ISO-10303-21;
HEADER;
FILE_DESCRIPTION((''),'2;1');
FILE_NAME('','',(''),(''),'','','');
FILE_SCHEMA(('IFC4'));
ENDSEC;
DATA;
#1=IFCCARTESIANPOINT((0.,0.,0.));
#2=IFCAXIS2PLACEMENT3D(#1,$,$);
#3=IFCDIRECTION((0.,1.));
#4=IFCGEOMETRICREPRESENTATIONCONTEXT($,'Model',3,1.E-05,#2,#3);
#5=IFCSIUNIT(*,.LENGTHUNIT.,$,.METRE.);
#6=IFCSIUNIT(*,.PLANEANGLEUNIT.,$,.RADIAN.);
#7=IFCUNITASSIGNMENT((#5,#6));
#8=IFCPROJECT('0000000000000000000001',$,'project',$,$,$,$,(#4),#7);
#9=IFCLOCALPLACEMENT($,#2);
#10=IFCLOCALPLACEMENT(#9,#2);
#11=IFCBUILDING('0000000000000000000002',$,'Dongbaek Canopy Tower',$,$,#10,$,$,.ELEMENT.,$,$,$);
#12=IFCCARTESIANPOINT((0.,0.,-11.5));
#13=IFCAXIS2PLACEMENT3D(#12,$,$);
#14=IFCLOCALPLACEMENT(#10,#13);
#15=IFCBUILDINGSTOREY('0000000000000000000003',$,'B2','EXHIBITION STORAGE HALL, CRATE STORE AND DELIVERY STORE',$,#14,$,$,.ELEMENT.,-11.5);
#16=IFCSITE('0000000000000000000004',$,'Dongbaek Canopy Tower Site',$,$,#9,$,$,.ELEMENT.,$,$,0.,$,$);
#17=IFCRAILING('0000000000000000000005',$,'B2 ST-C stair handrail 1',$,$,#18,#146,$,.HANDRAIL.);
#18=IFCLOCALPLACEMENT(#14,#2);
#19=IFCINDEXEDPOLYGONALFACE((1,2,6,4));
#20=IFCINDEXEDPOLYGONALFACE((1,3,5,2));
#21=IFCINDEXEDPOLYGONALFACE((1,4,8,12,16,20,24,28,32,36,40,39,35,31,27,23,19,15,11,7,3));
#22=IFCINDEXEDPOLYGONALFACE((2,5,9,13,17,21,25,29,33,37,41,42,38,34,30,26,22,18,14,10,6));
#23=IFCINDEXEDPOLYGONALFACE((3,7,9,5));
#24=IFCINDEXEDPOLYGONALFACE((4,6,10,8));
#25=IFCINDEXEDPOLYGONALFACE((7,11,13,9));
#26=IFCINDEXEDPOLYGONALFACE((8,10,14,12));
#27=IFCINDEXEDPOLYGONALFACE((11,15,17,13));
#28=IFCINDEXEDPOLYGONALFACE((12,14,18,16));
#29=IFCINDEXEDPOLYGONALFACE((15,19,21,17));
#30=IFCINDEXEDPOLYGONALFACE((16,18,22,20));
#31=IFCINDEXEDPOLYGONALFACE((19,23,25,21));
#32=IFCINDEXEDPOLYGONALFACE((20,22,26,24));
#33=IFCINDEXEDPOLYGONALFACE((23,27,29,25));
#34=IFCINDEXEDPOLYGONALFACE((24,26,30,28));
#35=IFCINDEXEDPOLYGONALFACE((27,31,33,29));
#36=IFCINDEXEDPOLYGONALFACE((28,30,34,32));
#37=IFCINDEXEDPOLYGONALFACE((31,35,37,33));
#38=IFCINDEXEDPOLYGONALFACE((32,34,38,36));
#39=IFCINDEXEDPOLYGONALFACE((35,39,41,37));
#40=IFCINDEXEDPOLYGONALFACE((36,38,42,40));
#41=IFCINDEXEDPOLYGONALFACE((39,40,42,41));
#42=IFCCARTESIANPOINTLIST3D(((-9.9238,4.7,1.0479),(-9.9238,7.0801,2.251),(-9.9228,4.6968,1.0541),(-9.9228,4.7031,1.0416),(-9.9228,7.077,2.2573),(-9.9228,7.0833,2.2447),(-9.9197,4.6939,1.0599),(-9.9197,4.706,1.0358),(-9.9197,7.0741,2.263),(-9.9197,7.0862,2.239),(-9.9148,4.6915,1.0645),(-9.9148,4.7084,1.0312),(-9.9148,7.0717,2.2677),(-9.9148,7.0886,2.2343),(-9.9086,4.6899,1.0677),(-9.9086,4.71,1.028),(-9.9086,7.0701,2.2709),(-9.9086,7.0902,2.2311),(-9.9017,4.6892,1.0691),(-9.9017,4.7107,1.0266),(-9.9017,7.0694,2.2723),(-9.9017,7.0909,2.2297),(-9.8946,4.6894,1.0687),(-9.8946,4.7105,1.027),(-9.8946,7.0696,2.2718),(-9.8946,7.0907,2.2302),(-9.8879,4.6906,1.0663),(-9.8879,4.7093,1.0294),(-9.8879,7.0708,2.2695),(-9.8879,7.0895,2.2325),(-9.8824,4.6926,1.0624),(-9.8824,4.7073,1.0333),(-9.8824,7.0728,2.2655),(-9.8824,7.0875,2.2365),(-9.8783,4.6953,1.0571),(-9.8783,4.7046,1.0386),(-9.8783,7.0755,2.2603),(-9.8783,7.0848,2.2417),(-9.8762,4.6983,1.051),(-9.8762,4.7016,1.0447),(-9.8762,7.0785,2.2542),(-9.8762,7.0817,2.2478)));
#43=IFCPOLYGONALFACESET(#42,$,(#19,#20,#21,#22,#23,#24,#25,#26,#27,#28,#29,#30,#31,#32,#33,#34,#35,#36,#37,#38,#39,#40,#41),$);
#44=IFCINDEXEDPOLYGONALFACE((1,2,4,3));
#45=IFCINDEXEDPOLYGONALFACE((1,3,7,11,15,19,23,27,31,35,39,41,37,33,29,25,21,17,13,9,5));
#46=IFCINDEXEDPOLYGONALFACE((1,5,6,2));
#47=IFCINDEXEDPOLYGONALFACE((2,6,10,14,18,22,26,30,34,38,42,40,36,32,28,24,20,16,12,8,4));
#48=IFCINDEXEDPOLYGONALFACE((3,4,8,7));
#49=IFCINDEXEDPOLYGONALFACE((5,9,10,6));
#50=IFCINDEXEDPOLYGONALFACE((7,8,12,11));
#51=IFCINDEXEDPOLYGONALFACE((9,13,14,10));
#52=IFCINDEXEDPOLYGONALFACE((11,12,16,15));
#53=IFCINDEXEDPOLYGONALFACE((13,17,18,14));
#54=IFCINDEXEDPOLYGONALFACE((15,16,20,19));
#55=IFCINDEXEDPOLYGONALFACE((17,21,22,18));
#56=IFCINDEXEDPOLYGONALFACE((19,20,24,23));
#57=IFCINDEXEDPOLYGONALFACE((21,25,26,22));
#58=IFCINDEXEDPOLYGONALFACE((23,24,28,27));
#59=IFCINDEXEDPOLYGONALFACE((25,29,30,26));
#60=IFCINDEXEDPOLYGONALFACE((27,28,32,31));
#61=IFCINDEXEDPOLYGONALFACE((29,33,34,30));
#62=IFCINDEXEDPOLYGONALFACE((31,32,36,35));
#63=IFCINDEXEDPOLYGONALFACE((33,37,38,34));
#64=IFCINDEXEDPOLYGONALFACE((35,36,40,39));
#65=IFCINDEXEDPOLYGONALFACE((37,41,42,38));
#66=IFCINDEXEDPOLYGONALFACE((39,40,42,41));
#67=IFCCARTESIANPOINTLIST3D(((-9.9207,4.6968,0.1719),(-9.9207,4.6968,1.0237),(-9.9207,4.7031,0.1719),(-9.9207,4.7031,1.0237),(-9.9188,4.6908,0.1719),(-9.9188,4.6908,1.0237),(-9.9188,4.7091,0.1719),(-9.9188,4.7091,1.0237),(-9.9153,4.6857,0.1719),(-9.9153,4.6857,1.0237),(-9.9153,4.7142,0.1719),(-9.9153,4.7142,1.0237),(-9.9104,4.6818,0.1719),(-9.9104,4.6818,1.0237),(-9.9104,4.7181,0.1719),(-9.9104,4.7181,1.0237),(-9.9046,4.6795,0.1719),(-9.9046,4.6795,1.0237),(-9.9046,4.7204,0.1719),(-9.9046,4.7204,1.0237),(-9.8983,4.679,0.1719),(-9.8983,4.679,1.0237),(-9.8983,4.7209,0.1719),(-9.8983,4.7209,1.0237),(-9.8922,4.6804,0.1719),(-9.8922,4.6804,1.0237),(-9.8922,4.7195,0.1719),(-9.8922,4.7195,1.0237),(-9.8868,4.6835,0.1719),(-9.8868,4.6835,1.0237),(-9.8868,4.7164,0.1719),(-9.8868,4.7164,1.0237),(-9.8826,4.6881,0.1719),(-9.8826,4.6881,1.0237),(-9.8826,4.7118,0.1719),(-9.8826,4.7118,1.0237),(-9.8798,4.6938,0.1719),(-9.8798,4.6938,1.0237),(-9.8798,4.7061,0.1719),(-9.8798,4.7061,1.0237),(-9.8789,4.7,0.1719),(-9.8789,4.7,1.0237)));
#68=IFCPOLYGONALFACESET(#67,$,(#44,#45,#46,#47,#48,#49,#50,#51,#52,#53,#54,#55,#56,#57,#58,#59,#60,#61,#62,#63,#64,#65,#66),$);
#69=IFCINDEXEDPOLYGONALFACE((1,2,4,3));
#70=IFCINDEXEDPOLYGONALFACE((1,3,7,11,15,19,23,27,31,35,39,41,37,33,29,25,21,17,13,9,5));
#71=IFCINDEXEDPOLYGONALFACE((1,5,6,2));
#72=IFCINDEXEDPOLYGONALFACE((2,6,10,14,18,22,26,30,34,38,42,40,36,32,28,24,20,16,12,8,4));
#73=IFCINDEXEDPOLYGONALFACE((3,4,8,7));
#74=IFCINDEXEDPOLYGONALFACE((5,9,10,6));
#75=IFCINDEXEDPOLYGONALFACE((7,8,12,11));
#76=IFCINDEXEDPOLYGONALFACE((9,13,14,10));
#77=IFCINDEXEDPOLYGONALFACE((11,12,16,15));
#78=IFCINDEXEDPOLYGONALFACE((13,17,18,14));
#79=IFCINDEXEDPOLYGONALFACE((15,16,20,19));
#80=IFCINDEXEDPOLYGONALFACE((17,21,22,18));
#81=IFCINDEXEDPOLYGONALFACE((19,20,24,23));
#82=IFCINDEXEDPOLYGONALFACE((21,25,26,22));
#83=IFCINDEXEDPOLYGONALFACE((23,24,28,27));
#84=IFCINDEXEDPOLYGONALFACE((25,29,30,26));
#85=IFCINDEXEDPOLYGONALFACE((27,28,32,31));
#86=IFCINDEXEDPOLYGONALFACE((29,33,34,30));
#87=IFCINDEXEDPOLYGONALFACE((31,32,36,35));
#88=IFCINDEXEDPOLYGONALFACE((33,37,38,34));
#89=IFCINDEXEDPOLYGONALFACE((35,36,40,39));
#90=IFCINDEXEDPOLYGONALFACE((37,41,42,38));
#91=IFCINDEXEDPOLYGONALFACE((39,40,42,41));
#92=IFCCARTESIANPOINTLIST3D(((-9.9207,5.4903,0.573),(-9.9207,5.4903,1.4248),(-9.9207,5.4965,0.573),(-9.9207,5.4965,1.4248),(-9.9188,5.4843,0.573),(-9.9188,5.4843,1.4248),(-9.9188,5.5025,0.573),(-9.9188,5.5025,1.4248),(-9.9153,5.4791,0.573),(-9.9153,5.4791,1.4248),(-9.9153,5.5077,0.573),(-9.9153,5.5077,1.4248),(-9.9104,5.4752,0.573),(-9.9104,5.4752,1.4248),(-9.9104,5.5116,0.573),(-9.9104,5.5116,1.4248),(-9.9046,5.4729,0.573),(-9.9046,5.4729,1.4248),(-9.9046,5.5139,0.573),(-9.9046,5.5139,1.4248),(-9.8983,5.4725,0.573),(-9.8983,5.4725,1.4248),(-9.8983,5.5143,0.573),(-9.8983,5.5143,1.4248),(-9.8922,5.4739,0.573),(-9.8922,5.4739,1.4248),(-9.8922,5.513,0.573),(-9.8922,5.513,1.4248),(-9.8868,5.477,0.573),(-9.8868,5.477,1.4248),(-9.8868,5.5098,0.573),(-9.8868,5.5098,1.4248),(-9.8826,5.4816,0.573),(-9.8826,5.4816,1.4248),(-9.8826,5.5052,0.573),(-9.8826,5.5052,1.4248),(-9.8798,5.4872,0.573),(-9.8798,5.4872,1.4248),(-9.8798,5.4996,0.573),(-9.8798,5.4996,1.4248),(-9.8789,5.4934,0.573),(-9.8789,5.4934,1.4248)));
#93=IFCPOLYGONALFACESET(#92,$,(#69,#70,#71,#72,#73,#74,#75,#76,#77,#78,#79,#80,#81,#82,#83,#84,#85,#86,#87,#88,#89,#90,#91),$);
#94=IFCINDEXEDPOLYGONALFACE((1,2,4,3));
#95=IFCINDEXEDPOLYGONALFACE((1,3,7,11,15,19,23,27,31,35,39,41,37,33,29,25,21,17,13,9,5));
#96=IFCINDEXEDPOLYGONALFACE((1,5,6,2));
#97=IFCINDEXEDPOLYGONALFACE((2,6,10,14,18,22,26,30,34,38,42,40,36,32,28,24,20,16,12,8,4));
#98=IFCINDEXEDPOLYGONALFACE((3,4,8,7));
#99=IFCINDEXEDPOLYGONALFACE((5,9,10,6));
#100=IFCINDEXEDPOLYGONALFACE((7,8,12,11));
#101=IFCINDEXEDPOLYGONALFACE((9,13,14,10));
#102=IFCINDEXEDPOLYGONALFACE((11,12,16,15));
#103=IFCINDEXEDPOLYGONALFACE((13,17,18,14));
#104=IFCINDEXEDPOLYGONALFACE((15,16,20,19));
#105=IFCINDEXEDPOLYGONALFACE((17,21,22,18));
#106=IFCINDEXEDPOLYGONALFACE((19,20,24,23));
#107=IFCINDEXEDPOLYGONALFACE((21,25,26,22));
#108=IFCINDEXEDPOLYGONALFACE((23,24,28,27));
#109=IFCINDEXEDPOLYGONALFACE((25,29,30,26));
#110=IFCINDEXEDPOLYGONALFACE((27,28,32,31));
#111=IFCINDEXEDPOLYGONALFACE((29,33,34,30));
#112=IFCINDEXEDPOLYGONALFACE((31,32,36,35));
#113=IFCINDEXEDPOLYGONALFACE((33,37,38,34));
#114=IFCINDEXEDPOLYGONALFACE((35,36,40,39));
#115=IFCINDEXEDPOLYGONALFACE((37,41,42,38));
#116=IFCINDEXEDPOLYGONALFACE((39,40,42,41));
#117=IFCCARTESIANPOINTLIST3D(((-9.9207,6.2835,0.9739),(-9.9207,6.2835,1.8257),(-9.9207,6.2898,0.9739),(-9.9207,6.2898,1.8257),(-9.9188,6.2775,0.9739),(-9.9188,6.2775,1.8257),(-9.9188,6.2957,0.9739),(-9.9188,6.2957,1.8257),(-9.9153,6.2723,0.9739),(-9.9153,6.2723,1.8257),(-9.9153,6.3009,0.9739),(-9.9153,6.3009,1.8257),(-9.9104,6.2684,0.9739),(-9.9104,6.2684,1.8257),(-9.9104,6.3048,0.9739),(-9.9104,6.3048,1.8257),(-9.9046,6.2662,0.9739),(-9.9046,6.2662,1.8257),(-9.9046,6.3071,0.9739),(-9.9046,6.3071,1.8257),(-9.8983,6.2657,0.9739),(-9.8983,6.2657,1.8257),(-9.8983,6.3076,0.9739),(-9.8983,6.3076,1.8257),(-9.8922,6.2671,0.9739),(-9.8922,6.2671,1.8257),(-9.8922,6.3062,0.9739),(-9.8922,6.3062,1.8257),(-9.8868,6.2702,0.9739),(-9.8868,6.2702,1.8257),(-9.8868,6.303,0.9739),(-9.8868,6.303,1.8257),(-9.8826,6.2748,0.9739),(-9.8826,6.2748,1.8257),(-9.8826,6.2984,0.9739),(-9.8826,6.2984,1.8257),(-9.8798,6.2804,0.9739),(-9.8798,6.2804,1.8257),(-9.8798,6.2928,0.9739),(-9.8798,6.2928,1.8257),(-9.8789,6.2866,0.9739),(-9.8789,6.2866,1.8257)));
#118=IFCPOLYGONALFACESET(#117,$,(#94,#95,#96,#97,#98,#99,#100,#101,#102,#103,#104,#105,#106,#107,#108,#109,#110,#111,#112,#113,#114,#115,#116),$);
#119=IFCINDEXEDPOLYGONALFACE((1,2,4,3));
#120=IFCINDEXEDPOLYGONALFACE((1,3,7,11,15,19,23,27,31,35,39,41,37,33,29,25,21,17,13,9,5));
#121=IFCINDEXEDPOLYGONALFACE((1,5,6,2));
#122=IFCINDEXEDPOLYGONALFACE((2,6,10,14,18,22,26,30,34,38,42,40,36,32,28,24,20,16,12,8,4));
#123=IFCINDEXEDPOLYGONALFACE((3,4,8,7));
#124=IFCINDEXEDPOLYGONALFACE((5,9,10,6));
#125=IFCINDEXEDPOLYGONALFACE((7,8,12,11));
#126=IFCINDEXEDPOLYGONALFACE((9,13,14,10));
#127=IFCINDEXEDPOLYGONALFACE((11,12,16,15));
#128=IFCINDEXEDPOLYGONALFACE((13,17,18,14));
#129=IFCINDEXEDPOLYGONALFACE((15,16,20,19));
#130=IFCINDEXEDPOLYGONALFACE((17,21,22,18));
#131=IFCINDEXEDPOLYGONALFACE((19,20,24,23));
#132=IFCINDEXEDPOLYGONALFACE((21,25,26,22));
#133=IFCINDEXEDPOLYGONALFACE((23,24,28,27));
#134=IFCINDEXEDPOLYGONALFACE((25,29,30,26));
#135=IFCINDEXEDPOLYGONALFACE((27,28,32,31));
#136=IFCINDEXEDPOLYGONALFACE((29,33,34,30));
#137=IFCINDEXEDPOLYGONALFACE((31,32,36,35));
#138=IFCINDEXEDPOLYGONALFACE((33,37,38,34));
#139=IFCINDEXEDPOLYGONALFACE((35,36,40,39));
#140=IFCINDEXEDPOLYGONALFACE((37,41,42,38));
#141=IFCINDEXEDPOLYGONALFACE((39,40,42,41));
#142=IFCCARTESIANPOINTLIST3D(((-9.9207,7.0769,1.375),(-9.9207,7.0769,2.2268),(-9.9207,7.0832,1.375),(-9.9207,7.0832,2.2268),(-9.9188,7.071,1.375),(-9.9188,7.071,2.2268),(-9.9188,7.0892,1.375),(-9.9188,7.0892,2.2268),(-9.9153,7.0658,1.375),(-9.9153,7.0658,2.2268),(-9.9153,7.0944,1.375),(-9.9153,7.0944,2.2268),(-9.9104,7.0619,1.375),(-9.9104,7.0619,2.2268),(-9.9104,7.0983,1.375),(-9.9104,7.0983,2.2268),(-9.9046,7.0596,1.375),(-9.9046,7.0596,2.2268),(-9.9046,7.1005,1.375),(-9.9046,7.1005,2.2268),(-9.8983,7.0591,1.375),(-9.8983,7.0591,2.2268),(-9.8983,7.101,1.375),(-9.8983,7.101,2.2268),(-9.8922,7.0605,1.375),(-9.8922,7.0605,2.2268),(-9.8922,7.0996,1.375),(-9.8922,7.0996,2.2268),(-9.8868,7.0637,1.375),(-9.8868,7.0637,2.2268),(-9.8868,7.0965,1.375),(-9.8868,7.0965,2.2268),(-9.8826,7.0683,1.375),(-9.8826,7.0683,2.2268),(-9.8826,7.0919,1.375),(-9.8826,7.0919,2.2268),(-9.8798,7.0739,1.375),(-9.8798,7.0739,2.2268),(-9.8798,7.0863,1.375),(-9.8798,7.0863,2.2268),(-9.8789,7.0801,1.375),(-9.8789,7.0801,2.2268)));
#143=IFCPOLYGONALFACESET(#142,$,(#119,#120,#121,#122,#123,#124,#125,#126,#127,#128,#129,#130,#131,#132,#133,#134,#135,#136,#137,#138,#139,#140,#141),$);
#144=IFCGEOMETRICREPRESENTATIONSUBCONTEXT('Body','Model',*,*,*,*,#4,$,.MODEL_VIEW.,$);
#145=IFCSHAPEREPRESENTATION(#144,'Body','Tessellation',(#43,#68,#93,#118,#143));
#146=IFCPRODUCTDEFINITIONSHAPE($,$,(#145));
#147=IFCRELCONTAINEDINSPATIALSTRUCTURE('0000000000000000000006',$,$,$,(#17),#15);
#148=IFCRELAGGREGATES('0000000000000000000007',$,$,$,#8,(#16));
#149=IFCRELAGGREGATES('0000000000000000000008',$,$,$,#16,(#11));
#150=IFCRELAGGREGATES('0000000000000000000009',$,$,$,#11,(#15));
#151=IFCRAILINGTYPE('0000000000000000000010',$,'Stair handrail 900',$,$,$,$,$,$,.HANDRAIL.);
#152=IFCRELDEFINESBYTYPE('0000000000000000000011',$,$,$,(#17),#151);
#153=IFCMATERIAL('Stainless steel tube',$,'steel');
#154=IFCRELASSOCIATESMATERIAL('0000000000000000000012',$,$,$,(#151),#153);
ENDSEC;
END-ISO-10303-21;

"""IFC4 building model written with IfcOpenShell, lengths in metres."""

from ifc_helpers import new_model, si_unit, direction, frame, origin, origin_2d, place, context, subcontext, project, spatial, circle, extrude, material, type_object, element, save


model = new_model("IFC4")

# Units and contexts
model_context = context("Model", 3, precision=1e-05, world=origin(), true_north=direction((0.0, 1.0)))
body_context = subcontext(model_context, "Body", "Model", "MODEL_VIEW")
ifc_project = project(units=[si_unit("LENGTHUNIT", "METRE"), si_unit("PLANEANGLEUNIT", "RADIAN")], contexts=[model_context])

# Site, building, storey
site_placement = place(None, origin())
site = spatial("IfcSite", under=ifc_project, at=site_placement, Name="Dongbaek Canopy Tower Site", CompositionType="ELEMENT", RefElevation=0.0)
building_placement = place(site_placement, origin())
building = spatial("IfcBuilding", under=site, at=building_placement, Name="Dongbaek Canopy Tower", CompositionType="ELEMENT")
storey_placement = place(building_placement, frame((0.0, 0.0, -11.5)))
storey = spatial("IfcBuildingStorey", under=building, at=storey_placement, Name="B2", Description="EXHIBITION STORAGE HALL, CRATE STORE AND DELIVERY STORE", CompositionType="ELEMENT", Elevation=-11.5)

# Railing
ifc_material_1 = material(Name="Stainless steel tube", Category="steel")
railing_type_1 = type_object("IfcRailingType", Name="Stair handrail 900", PredefinedType="HANDRAIL", material=ifc_material_1)
for number, where, name in (
    (1, (-9.8999, 4.7, 0.1719), "B2 ST-C stair handrail 1"),
):
    element("IfcRailing", number, at=place(storey_placement, frame(where)), inside=storey, type_object=railing_type_1, Name=name, PredefinedType="HANDRAIL", context=body_context, shape_type="SweptSolid", body=[
        extrude(circle(Radius=0.0239, at=origin_2d()), frame((0.0, 0.0, 0.876), z_axis=(0.0, 0.89246, 0.451127), x_axis=(-1.0, 0.0, 0.0)), (0.0, 0.0, 1.0), 2.667),
        extrude(circle(Radius=0.021, at=origin_2d()), origin(), (0.0, 0.0, 1.0), 0.8518),
        extrude(circle(Radius=0.021, at=origin_2d()), frame((0.0, 0.7935, 0.4011)), (0.0, 0.0, 1.0), 0.8518),
        extrude(circle(Radius=0.021, at=origin_2d()), frame((0.0, 1.5867, 0.802)), (0.0, 0.0, 1.0), 0.8518),
        extrude(circle(Radius=0.021, at=origin_2d()), frame((0.0, 2.3801, 1.2031)), (0.0, 0.0, 1.0), 0.8518),
    ])

save(model, "model.ifc")
